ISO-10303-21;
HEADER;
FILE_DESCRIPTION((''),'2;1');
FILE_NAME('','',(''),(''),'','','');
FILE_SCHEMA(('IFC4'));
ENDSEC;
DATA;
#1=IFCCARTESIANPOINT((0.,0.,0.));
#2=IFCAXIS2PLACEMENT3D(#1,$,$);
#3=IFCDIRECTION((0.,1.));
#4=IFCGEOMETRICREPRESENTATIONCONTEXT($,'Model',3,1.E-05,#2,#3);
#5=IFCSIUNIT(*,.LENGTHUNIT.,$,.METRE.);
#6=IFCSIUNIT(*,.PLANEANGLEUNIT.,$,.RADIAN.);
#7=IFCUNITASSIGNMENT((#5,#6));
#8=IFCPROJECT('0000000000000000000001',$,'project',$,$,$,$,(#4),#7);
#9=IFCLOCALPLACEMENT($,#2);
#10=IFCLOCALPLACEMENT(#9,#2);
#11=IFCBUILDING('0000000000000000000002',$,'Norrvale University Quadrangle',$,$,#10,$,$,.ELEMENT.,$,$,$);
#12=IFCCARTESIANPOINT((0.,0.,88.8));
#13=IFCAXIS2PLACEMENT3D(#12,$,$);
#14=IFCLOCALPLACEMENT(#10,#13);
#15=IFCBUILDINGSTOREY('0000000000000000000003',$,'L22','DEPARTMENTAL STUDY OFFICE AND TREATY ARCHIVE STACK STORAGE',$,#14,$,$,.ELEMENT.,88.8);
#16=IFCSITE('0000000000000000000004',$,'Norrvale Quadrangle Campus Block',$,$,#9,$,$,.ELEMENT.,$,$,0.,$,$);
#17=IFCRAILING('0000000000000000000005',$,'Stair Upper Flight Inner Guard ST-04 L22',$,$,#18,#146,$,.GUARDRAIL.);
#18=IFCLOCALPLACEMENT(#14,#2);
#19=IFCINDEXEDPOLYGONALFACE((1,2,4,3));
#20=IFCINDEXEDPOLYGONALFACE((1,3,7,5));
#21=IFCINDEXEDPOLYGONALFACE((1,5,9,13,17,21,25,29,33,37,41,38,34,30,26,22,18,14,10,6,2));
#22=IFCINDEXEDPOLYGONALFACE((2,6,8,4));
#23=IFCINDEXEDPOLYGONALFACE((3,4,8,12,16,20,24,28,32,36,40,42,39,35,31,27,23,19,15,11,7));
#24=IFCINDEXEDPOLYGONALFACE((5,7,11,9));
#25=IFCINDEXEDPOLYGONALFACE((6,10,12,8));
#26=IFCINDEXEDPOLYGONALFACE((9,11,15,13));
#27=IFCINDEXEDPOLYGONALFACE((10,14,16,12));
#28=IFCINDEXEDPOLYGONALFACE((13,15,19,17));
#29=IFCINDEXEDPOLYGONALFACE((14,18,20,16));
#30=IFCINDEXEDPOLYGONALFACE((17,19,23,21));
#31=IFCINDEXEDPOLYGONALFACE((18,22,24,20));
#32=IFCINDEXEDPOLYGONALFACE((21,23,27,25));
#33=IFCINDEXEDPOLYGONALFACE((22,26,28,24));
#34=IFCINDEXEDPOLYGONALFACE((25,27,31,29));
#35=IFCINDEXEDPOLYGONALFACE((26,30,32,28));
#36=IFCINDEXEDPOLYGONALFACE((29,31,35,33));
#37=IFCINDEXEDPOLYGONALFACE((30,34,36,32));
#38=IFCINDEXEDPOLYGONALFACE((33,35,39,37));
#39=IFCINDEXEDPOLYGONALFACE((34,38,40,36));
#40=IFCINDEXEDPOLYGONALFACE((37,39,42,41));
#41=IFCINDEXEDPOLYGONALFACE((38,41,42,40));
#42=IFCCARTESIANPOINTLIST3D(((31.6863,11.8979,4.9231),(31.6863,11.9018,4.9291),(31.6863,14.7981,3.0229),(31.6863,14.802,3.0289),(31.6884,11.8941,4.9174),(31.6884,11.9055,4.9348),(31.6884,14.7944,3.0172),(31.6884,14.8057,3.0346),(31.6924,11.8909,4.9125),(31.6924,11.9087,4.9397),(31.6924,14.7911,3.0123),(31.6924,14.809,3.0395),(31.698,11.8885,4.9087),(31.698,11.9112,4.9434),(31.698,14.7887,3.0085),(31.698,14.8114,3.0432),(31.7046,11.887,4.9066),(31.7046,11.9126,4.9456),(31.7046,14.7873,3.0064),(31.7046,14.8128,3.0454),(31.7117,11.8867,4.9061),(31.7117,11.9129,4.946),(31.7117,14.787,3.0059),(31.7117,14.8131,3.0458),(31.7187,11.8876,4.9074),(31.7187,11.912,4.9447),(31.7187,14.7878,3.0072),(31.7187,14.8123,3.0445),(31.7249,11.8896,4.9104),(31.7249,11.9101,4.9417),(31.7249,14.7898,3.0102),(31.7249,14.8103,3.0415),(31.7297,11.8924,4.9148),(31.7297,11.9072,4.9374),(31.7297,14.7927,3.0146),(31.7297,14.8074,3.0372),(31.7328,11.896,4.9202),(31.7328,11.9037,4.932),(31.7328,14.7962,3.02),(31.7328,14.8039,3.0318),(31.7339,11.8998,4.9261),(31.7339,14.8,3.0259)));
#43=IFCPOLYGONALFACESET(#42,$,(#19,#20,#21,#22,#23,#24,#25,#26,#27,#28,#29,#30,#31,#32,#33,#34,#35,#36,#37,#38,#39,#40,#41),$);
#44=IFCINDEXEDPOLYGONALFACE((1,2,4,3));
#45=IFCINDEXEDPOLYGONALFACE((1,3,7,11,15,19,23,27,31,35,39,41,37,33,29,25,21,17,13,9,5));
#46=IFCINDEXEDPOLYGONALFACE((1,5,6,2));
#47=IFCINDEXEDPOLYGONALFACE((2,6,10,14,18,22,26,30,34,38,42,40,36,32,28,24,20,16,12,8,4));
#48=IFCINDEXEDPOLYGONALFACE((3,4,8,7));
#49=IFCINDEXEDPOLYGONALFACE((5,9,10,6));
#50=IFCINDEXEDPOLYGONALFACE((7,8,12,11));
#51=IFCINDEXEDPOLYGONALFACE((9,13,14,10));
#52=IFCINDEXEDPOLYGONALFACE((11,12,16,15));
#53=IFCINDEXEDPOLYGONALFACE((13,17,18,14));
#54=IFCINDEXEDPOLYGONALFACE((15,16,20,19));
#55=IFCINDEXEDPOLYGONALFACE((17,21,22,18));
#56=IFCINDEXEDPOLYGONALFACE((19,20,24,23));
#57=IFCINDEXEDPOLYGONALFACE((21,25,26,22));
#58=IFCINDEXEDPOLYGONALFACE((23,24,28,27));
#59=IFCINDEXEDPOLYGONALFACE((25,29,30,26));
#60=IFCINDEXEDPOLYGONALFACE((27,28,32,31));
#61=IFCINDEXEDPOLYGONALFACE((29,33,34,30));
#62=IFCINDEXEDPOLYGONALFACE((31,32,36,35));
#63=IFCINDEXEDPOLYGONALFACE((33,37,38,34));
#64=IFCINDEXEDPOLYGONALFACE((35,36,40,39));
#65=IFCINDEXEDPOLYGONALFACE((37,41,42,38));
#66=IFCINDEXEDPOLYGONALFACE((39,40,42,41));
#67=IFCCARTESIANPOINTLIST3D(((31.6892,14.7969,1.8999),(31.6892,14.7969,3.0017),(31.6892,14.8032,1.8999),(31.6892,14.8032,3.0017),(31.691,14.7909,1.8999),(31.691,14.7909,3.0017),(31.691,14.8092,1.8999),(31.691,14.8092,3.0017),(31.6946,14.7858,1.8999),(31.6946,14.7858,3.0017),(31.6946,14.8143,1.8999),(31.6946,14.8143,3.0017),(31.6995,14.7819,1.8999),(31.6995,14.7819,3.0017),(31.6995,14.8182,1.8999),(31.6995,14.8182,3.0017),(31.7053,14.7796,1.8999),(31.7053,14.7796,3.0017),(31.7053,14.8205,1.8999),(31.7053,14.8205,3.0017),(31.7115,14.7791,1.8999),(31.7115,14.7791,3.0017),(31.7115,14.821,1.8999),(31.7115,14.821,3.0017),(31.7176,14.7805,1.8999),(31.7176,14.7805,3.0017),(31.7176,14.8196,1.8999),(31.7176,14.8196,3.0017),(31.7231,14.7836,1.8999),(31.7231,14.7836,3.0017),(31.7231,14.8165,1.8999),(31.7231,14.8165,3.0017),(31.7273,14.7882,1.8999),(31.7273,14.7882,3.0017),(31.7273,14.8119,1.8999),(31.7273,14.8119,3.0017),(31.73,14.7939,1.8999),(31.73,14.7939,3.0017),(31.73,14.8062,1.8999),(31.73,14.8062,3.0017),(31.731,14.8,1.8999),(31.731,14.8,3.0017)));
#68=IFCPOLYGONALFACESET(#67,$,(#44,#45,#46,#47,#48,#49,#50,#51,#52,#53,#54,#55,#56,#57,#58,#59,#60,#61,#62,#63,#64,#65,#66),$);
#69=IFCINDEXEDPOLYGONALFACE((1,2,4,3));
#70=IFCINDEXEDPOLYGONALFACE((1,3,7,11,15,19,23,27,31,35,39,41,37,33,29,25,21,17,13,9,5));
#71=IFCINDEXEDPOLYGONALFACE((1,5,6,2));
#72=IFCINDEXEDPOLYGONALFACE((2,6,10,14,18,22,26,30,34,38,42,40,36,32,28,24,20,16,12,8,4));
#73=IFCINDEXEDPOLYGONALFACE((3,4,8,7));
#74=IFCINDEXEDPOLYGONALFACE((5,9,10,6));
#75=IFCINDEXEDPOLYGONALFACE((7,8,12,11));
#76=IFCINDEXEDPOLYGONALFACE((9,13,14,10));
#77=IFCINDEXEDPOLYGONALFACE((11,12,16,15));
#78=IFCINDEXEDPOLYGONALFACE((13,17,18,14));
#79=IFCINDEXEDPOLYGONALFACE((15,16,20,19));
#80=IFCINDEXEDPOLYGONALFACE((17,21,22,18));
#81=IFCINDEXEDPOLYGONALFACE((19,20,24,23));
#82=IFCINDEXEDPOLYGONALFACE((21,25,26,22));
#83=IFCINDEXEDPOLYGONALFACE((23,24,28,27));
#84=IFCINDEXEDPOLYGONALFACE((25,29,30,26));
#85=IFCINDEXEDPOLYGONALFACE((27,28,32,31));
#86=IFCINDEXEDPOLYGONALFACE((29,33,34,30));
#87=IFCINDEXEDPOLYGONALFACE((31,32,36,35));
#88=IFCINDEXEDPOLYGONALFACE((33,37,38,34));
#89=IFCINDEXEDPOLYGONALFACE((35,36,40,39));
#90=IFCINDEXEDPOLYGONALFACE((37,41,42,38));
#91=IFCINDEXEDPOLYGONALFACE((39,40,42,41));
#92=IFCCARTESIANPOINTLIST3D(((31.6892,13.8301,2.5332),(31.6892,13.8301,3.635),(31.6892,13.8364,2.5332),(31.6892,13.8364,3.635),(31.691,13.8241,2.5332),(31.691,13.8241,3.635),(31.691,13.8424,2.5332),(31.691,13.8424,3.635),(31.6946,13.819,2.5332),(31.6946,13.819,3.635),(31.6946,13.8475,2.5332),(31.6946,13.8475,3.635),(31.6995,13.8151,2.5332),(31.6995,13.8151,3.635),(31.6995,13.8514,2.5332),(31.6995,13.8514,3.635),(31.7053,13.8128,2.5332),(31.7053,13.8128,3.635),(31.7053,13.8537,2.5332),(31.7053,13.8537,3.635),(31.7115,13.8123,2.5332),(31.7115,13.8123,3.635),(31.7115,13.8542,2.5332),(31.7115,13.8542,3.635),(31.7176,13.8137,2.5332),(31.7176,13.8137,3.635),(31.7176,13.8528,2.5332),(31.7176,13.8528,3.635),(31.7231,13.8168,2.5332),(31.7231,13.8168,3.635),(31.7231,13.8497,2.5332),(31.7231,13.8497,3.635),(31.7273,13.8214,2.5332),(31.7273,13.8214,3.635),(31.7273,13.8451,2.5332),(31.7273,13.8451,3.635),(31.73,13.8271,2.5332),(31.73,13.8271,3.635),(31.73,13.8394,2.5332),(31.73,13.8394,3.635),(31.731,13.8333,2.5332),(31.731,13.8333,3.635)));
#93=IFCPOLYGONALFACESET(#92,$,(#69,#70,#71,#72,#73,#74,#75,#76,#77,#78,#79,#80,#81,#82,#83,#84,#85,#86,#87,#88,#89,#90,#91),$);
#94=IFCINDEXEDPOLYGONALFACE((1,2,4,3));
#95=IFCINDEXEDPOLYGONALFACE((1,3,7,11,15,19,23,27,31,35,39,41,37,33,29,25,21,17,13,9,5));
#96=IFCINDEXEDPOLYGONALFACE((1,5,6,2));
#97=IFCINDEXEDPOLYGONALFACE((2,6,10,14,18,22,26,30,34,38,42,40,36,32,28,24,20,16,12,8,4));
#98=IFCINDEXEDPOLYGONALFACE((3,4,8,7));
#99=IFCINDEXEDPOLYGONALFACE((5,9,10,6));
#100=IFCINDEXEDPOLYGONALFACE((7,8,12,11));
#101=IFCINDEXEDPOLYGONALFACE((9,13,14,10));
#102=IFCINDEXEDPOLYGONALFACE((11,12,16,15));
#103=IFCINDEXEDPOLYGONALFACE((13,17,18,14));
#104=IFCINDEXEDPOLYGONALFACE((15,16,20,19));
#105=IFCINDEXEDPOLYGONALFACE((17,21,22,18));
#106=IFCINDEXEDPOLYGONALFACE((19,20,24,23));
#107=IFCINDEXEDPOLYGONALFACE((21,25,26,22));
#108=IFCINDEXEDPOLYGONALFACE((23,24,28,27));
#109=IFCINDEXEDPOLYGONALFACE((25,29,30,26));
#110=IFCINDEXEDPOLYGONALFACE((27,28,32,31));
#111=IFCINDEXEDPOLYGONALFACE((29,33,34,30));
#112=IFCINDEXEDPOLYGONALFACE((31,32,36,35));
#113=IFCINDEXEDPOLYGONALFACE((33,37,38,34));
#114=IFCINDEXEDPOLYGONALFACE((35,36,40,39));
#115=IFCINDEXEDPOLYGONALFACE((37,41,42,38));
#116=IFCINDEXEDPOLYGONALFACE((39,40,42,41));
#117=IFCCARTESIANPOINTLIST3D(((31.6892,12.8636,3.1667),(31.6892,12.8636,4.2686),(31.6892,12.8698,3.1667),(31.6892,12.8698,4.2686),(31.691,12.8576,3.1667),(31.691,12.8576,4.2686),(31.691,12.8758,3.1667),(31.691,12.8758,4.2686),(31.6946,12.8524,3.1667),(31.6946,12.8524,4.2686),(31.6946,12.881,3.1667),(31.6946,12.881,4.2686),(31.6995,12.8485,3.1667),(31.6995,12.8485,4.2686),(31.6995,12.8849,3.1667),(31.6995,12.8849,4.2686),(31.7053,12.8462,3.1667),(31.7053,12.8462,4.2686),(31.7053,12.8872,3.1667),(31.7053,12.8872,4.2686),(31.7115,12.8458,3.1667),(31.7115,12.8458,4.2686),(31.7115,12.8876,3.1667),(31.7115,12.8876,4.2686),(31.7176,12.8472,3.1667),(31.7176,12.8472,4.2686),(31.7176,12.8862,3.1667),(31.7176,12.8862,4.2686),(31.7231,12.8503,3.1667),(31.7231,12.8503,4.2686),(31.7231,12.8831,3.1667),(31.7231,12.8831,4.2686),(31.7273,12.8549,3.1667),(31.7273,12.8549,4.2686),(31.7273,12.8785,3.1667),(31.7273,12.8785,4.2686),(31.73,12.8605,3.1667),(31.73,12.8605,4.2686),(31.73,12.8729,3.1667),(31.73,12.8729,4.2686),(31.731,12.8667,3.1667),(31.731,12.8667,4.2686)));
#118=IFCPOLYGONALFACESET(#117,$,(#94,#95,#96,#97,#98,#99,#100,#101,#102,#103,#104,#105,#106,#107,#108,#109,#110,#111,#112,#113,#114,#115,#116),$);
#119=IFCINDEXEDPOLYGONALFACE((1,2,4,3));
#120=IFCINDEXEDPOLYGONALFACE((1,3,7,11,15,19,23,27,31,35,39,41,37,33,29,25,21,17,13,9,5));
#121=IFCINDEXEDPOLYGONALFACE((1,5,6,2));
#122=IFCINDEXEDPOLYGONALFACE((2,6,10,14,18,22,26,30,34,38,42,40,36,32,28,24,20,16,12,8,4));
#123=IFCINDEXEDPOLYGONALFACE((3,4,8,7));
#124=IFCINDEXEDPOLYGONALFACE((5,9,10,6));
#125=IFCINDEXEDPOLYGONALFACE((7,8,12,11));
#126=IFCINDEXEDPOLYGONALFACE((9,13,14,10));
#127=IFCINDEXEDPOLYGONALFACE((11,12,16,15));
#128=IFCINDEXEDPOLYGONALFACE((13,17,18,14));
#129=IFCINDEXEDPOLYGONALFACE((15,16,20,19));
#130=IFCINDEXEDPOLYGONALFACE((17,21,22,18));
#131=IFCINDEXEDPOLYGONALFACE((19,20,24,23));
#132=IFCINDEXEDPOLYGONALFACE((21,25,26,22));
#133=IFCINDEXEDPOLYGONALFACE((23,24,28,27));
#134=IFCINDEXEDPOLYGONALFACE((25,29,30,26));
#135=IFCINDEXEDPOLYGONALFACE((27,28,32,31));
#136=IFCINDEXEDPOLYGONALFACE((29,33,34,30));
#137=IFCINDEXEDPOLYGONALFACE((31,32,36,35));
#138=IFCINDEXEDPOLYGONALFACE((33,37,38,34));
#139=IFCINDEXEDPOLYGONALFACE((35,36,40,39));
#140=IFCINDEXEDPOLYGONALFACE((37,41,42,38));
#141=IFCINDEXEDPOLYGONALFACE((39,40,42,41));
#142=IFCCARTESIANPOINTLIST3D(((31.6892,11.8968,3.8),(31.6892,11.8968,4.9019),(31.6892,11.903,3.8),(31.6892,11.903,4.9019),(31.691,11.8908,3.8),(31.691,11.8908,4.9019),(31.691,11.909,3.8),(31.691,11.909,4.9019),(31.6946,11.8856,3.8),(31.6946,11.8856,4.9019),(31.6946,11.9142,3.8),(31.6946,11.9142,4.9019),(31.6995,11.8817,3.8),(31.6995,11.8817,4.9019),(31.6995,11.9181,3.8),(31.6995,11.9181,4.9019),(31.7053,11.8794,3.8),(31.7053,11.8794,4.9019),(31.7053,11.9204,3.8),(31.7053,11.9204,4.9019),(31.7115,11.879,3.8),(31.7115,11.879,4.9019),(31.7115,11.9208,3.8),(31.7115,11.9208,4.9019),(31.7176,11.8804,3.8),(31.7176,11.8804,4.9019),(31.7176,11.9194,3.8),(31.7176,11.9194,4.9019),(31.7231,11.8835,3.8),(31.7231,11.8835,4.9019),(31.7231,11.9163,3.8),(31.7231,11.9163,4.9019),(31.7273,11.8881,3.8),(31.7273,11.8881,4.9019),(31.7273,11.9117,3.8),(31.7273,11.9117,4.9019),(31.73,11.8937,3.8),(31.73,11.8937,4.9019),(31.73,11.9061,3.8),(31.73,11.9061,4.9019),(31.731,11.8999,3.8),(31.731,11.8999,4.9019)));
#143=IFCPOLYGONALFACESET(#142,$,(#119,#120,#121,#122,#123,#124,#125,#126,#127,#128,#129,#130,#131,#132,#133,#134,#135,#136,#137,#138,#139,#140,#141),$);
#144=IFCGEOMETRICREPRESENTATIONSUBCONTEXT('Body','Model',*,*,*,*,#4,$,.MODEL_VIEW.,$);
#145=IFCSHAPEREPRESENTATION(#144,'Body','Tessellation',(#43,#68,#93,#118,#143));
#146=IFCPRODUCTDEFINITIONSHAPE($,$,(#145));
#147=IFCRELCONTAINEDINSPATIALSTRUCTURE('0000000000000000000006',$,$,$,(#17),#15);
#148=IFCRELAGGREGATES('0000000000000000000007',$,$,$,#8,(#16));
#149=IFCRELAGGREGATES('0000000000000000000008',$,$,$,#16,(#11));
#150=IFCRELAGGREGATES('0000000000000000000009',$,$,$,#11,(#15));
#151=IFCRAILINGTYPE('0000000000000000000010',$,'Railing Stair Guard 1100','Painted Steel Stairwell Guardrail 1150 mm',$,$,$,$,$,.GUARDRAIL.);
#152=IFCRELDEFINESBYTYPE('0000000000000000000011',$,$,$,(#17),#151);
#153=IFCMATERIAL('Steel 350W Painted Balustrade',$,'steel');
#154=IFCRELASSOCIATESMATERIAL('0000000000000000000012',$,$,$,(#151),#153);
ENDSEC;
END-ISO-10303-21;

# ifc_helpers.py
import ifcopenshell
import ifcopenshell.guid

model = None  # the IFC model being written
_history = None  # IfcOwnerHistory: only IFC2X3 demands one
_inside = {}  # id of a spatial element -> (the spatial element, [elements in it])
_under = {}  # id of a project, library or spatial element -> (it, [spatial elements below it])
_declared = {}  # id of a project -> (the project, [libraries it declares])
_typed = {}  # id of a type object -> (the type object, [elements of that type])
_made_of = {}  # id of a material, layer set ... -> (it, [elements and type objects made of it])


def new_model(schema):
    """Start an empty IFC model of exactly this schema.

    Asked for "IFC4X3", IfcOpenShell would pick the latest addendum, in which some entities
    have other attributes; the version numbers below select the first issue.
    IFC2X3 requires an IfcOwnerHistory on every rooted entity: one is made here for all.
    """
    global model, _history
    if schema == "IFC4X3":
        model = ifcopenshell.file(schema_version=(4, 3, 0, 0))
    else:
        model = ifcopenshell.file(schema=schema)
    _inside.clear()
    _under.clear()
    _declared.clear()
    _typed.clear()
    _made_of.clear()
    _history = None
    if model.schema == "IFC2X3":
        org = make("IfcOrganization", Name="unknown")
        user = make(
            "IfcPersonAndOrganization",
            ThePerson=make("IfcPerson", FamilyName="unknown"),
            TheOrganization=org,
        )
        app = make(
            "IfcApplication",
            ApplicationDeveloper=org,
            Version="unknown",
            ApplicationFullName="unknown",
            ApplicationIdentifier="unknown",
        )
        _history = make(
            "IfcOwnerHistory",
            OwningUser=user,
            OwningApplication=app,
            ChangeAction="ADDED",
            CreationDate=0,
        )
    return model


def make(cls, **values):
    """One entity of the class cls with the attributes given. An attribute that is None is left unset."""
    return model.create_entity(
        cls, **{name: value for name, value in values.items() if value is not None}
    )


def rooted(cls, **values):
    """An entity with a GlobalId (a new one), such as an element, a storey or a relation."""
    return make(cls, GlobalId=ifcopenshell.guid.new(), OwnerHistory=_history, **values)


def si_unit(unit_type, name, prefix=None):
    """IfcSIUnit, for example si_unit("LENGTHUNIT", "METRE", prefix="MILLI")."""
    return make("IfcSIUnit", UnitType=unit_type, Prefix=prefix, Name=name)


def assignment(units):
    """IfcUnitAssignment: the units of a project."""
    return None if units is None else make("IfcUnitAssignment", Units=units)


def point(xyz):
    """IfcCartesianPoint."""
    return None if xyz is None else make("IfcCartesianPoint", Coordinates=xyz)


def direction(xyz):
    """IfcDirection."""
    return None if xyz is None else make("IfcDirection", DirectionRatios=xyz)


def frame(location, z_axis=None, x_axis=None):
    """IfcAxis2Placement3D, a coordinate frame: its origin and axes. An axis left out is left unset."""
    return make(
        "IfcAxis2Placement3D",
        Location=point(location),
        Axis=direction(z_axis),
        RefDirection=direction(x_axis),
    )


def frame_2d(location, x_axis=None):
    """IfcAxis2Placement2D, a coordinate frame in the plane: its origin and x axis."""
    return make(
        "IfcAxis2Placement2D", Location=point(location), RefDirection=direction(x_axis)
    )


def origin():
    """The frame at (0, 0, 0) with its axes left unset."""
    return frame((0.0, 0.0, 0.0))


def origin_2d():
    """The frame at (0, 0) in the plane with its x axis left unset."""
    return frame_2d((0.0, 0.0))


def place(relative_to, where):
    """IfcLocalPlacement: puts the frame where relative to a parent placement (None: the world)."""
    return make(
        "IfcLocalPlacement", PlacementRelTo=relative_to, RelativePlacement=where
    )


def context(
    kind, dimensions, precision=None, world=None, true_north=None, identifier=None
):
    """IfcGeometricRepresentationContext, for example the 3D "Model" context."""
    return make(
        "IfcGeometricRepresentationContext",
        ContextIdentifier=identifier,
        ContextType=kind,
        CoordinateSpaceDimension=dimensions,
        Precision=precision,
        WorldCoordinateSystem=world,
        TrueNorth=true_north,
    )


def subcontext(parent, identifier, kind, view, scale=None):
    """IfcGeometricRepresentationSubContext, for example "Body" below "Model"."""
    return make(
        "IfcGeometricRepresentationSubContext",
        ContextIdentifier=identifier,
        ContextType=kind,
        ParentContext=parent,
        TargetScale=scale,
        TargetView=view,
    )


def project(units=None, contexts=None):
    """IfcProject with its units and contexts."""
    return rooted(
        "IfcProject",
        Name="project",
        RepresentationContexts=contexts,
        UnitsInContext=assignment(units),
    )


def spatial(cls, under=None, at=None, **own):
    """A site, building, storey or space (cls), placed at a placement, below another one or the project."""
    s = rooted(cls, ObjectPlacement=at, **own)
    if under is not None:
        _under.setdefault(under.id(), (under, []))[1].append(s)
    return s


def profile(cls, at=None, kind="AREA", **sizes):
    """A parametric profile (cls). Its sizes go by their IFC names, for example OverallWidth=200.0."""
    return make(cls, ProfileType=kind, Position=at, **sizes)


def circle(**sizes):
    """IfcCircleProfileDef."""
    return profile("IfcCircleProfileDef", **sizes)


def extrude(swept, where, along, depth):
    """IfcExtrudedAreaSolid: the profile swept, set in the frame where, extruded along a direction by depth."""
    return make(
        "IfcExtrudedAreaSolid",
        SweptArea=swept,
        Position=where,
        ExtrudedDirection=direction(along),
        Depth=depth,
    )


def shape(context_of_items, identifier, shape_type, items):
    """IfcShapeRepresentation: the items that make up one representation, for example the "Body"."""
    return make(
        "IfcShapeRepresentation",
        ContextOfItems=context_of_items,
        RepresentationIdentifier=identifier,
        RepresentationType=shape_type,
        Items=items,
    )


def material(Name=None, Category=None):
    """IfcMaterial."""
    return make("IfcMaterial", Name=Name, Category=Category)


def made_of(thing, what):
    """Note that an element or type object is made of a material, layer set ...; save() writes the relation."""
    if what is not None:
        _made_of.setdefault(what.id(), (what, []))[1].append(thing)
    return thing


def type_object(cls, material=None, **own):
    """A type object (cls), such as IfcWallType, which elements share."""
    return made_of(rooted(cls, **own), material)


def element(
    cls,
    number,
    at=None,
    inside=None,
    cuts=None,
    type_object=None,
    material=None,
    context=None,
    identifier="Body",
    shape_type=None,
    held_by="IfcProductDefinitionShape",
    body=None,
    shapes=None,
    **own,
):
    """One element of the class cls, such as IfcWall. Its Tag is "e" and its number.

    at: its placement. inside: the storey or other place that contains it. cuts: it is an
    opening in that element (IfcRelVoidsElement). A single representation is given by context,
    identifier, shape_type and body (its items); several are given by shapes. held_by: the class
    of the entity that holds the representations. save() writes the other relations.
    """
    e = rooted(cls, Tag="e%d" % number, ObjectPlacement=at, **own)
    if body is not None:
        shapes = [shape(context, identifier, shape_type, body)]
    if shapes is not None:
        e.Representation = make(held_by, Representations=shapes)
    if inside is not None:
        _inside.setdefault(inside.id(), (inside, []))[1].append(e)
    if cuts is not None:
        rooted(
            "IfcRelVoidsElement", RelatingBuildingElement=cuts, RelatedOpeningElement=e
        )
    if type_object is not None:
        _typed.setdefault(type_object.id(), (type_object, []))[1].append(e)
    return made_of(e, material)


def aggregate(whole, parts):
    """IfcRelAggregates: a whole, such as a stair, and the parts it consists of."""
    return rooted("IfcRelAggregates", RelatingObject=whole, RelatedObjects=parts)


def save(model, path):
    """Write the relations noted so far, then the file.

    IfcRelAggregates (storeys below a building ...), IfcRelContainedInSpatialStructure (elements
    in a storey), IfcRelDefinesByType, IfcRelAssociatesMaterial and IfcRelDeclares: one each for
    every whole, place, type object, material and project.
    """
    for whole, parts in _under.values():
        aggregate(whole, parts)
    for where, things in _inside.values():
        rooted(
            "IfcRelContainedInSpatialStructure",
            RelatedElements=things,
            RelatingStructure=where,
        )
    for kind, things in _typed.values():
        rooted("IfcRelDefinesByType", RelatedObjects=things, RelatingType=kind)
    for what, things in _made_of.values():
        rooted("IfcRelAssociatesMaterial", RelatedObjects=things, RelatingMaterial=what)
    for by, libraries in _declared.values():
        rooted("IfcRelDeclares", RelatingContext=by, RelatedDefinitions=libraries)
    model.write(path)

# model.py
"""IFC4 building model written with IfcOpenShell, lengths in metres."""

from ifc_helpers import new_model, si_unit, direction, frame, origin, origin_2d, place, context, subcontext, project, spatial, circle, extrude, material, type_object, element, save


model = new_model("IFC4")

# Units and contexts
model_context = context("Model", 3, precision=1e-05, world=origin(), true_north=direction((0.0, 1.0)))
body_context = subcontext(model_context, "Body", "Model", "MODEL_VIEW")
ifc_project = project(units=[si_unit("LENGTHUNIT", "METRE"), si_unit("PLANEANGLEUNIT", "RADIAN")], contexts=[model_context])

# Site, building, storey
site_placement = place(None, origin())
site = spatial("IfcSite", under=ifc_project, at=site_placement, Name="Norrvale Quadrangle Campus Block", CompositionType="ELEMENT", RefElevation=0.0)
building_placement = place(site_placement, origin())
building = spatial("IfcBuilding", under=site, at=building_placement, Name="Norrvale University Quadrangle", CompositionType="ELEMENT")
storey_placement = place(building_placement, frame((0.0, 0.0, 88.8)))
storey = spatial("IfcBuildingStorey", under=building, at=storey_placement, Name="L22", Description="DEPARTMENTAL STUDY OFFICE AND TREATY ARCHIVE STACK STORAGE", CompositionType="ELEMENT", Elevation=88.8)

# Railing
ifc_material_1 = material(Name="Steel 350W Painted Balustrade", Category="steel")
railing_type_1 = type_object("IfcRailingType", Name="Railing Stair Guard 1100", Description="Painted Steel Stairwell Guardrail 1150 mm", PredefinedType="GUARDRAIL", material=ifc_material_1)
railing_1_placement = place(storey_placement, frame((31.71, 14.8, 1.8999)))
element("IfcRailing", 1, at=railing_1_placement, inside=storey, type_object=railing_type_1, Name="Stair Upper Flight Inner Guard ST-04 L22", PredefinedType="GUARDRAIL", context=body_context, shape_type="SweptSolid", body=[
    extrude(circle(Radius=0.0239, at=origin_2d()), frame((0.0, 0.0, 1.126), z_axis=(0.0, -0.836454, 0.548036), x_axis=(1.0, 0.0, 0.0)), (0.0, 0.0, 1.0), 3.4673),
    extrude(circle(Radius=0.021, at=origin_2d()), origin(), (0.0, 0.0, 1.0), 1.1018),
    extrude(circle(Radius=0.021, at=origin_2d()), frame((0.0, -0.9668, 0.6333)), (0.0, 0.0, 1.0), 1.1018),
    extrude(circle(Radius=0.021, at=origin_2d()), frame((0.0, -1.9333, 1.2668)), (0.0, 0.0, 1.0), 1.1018),
    extrude(circle(Radius=0.021, at=origin_2d()), frame((0.0, -2.9001, 1.9001)), (0.0, 0.0, 1.0), 1.1018),
])

save(model, "model.ifc")
